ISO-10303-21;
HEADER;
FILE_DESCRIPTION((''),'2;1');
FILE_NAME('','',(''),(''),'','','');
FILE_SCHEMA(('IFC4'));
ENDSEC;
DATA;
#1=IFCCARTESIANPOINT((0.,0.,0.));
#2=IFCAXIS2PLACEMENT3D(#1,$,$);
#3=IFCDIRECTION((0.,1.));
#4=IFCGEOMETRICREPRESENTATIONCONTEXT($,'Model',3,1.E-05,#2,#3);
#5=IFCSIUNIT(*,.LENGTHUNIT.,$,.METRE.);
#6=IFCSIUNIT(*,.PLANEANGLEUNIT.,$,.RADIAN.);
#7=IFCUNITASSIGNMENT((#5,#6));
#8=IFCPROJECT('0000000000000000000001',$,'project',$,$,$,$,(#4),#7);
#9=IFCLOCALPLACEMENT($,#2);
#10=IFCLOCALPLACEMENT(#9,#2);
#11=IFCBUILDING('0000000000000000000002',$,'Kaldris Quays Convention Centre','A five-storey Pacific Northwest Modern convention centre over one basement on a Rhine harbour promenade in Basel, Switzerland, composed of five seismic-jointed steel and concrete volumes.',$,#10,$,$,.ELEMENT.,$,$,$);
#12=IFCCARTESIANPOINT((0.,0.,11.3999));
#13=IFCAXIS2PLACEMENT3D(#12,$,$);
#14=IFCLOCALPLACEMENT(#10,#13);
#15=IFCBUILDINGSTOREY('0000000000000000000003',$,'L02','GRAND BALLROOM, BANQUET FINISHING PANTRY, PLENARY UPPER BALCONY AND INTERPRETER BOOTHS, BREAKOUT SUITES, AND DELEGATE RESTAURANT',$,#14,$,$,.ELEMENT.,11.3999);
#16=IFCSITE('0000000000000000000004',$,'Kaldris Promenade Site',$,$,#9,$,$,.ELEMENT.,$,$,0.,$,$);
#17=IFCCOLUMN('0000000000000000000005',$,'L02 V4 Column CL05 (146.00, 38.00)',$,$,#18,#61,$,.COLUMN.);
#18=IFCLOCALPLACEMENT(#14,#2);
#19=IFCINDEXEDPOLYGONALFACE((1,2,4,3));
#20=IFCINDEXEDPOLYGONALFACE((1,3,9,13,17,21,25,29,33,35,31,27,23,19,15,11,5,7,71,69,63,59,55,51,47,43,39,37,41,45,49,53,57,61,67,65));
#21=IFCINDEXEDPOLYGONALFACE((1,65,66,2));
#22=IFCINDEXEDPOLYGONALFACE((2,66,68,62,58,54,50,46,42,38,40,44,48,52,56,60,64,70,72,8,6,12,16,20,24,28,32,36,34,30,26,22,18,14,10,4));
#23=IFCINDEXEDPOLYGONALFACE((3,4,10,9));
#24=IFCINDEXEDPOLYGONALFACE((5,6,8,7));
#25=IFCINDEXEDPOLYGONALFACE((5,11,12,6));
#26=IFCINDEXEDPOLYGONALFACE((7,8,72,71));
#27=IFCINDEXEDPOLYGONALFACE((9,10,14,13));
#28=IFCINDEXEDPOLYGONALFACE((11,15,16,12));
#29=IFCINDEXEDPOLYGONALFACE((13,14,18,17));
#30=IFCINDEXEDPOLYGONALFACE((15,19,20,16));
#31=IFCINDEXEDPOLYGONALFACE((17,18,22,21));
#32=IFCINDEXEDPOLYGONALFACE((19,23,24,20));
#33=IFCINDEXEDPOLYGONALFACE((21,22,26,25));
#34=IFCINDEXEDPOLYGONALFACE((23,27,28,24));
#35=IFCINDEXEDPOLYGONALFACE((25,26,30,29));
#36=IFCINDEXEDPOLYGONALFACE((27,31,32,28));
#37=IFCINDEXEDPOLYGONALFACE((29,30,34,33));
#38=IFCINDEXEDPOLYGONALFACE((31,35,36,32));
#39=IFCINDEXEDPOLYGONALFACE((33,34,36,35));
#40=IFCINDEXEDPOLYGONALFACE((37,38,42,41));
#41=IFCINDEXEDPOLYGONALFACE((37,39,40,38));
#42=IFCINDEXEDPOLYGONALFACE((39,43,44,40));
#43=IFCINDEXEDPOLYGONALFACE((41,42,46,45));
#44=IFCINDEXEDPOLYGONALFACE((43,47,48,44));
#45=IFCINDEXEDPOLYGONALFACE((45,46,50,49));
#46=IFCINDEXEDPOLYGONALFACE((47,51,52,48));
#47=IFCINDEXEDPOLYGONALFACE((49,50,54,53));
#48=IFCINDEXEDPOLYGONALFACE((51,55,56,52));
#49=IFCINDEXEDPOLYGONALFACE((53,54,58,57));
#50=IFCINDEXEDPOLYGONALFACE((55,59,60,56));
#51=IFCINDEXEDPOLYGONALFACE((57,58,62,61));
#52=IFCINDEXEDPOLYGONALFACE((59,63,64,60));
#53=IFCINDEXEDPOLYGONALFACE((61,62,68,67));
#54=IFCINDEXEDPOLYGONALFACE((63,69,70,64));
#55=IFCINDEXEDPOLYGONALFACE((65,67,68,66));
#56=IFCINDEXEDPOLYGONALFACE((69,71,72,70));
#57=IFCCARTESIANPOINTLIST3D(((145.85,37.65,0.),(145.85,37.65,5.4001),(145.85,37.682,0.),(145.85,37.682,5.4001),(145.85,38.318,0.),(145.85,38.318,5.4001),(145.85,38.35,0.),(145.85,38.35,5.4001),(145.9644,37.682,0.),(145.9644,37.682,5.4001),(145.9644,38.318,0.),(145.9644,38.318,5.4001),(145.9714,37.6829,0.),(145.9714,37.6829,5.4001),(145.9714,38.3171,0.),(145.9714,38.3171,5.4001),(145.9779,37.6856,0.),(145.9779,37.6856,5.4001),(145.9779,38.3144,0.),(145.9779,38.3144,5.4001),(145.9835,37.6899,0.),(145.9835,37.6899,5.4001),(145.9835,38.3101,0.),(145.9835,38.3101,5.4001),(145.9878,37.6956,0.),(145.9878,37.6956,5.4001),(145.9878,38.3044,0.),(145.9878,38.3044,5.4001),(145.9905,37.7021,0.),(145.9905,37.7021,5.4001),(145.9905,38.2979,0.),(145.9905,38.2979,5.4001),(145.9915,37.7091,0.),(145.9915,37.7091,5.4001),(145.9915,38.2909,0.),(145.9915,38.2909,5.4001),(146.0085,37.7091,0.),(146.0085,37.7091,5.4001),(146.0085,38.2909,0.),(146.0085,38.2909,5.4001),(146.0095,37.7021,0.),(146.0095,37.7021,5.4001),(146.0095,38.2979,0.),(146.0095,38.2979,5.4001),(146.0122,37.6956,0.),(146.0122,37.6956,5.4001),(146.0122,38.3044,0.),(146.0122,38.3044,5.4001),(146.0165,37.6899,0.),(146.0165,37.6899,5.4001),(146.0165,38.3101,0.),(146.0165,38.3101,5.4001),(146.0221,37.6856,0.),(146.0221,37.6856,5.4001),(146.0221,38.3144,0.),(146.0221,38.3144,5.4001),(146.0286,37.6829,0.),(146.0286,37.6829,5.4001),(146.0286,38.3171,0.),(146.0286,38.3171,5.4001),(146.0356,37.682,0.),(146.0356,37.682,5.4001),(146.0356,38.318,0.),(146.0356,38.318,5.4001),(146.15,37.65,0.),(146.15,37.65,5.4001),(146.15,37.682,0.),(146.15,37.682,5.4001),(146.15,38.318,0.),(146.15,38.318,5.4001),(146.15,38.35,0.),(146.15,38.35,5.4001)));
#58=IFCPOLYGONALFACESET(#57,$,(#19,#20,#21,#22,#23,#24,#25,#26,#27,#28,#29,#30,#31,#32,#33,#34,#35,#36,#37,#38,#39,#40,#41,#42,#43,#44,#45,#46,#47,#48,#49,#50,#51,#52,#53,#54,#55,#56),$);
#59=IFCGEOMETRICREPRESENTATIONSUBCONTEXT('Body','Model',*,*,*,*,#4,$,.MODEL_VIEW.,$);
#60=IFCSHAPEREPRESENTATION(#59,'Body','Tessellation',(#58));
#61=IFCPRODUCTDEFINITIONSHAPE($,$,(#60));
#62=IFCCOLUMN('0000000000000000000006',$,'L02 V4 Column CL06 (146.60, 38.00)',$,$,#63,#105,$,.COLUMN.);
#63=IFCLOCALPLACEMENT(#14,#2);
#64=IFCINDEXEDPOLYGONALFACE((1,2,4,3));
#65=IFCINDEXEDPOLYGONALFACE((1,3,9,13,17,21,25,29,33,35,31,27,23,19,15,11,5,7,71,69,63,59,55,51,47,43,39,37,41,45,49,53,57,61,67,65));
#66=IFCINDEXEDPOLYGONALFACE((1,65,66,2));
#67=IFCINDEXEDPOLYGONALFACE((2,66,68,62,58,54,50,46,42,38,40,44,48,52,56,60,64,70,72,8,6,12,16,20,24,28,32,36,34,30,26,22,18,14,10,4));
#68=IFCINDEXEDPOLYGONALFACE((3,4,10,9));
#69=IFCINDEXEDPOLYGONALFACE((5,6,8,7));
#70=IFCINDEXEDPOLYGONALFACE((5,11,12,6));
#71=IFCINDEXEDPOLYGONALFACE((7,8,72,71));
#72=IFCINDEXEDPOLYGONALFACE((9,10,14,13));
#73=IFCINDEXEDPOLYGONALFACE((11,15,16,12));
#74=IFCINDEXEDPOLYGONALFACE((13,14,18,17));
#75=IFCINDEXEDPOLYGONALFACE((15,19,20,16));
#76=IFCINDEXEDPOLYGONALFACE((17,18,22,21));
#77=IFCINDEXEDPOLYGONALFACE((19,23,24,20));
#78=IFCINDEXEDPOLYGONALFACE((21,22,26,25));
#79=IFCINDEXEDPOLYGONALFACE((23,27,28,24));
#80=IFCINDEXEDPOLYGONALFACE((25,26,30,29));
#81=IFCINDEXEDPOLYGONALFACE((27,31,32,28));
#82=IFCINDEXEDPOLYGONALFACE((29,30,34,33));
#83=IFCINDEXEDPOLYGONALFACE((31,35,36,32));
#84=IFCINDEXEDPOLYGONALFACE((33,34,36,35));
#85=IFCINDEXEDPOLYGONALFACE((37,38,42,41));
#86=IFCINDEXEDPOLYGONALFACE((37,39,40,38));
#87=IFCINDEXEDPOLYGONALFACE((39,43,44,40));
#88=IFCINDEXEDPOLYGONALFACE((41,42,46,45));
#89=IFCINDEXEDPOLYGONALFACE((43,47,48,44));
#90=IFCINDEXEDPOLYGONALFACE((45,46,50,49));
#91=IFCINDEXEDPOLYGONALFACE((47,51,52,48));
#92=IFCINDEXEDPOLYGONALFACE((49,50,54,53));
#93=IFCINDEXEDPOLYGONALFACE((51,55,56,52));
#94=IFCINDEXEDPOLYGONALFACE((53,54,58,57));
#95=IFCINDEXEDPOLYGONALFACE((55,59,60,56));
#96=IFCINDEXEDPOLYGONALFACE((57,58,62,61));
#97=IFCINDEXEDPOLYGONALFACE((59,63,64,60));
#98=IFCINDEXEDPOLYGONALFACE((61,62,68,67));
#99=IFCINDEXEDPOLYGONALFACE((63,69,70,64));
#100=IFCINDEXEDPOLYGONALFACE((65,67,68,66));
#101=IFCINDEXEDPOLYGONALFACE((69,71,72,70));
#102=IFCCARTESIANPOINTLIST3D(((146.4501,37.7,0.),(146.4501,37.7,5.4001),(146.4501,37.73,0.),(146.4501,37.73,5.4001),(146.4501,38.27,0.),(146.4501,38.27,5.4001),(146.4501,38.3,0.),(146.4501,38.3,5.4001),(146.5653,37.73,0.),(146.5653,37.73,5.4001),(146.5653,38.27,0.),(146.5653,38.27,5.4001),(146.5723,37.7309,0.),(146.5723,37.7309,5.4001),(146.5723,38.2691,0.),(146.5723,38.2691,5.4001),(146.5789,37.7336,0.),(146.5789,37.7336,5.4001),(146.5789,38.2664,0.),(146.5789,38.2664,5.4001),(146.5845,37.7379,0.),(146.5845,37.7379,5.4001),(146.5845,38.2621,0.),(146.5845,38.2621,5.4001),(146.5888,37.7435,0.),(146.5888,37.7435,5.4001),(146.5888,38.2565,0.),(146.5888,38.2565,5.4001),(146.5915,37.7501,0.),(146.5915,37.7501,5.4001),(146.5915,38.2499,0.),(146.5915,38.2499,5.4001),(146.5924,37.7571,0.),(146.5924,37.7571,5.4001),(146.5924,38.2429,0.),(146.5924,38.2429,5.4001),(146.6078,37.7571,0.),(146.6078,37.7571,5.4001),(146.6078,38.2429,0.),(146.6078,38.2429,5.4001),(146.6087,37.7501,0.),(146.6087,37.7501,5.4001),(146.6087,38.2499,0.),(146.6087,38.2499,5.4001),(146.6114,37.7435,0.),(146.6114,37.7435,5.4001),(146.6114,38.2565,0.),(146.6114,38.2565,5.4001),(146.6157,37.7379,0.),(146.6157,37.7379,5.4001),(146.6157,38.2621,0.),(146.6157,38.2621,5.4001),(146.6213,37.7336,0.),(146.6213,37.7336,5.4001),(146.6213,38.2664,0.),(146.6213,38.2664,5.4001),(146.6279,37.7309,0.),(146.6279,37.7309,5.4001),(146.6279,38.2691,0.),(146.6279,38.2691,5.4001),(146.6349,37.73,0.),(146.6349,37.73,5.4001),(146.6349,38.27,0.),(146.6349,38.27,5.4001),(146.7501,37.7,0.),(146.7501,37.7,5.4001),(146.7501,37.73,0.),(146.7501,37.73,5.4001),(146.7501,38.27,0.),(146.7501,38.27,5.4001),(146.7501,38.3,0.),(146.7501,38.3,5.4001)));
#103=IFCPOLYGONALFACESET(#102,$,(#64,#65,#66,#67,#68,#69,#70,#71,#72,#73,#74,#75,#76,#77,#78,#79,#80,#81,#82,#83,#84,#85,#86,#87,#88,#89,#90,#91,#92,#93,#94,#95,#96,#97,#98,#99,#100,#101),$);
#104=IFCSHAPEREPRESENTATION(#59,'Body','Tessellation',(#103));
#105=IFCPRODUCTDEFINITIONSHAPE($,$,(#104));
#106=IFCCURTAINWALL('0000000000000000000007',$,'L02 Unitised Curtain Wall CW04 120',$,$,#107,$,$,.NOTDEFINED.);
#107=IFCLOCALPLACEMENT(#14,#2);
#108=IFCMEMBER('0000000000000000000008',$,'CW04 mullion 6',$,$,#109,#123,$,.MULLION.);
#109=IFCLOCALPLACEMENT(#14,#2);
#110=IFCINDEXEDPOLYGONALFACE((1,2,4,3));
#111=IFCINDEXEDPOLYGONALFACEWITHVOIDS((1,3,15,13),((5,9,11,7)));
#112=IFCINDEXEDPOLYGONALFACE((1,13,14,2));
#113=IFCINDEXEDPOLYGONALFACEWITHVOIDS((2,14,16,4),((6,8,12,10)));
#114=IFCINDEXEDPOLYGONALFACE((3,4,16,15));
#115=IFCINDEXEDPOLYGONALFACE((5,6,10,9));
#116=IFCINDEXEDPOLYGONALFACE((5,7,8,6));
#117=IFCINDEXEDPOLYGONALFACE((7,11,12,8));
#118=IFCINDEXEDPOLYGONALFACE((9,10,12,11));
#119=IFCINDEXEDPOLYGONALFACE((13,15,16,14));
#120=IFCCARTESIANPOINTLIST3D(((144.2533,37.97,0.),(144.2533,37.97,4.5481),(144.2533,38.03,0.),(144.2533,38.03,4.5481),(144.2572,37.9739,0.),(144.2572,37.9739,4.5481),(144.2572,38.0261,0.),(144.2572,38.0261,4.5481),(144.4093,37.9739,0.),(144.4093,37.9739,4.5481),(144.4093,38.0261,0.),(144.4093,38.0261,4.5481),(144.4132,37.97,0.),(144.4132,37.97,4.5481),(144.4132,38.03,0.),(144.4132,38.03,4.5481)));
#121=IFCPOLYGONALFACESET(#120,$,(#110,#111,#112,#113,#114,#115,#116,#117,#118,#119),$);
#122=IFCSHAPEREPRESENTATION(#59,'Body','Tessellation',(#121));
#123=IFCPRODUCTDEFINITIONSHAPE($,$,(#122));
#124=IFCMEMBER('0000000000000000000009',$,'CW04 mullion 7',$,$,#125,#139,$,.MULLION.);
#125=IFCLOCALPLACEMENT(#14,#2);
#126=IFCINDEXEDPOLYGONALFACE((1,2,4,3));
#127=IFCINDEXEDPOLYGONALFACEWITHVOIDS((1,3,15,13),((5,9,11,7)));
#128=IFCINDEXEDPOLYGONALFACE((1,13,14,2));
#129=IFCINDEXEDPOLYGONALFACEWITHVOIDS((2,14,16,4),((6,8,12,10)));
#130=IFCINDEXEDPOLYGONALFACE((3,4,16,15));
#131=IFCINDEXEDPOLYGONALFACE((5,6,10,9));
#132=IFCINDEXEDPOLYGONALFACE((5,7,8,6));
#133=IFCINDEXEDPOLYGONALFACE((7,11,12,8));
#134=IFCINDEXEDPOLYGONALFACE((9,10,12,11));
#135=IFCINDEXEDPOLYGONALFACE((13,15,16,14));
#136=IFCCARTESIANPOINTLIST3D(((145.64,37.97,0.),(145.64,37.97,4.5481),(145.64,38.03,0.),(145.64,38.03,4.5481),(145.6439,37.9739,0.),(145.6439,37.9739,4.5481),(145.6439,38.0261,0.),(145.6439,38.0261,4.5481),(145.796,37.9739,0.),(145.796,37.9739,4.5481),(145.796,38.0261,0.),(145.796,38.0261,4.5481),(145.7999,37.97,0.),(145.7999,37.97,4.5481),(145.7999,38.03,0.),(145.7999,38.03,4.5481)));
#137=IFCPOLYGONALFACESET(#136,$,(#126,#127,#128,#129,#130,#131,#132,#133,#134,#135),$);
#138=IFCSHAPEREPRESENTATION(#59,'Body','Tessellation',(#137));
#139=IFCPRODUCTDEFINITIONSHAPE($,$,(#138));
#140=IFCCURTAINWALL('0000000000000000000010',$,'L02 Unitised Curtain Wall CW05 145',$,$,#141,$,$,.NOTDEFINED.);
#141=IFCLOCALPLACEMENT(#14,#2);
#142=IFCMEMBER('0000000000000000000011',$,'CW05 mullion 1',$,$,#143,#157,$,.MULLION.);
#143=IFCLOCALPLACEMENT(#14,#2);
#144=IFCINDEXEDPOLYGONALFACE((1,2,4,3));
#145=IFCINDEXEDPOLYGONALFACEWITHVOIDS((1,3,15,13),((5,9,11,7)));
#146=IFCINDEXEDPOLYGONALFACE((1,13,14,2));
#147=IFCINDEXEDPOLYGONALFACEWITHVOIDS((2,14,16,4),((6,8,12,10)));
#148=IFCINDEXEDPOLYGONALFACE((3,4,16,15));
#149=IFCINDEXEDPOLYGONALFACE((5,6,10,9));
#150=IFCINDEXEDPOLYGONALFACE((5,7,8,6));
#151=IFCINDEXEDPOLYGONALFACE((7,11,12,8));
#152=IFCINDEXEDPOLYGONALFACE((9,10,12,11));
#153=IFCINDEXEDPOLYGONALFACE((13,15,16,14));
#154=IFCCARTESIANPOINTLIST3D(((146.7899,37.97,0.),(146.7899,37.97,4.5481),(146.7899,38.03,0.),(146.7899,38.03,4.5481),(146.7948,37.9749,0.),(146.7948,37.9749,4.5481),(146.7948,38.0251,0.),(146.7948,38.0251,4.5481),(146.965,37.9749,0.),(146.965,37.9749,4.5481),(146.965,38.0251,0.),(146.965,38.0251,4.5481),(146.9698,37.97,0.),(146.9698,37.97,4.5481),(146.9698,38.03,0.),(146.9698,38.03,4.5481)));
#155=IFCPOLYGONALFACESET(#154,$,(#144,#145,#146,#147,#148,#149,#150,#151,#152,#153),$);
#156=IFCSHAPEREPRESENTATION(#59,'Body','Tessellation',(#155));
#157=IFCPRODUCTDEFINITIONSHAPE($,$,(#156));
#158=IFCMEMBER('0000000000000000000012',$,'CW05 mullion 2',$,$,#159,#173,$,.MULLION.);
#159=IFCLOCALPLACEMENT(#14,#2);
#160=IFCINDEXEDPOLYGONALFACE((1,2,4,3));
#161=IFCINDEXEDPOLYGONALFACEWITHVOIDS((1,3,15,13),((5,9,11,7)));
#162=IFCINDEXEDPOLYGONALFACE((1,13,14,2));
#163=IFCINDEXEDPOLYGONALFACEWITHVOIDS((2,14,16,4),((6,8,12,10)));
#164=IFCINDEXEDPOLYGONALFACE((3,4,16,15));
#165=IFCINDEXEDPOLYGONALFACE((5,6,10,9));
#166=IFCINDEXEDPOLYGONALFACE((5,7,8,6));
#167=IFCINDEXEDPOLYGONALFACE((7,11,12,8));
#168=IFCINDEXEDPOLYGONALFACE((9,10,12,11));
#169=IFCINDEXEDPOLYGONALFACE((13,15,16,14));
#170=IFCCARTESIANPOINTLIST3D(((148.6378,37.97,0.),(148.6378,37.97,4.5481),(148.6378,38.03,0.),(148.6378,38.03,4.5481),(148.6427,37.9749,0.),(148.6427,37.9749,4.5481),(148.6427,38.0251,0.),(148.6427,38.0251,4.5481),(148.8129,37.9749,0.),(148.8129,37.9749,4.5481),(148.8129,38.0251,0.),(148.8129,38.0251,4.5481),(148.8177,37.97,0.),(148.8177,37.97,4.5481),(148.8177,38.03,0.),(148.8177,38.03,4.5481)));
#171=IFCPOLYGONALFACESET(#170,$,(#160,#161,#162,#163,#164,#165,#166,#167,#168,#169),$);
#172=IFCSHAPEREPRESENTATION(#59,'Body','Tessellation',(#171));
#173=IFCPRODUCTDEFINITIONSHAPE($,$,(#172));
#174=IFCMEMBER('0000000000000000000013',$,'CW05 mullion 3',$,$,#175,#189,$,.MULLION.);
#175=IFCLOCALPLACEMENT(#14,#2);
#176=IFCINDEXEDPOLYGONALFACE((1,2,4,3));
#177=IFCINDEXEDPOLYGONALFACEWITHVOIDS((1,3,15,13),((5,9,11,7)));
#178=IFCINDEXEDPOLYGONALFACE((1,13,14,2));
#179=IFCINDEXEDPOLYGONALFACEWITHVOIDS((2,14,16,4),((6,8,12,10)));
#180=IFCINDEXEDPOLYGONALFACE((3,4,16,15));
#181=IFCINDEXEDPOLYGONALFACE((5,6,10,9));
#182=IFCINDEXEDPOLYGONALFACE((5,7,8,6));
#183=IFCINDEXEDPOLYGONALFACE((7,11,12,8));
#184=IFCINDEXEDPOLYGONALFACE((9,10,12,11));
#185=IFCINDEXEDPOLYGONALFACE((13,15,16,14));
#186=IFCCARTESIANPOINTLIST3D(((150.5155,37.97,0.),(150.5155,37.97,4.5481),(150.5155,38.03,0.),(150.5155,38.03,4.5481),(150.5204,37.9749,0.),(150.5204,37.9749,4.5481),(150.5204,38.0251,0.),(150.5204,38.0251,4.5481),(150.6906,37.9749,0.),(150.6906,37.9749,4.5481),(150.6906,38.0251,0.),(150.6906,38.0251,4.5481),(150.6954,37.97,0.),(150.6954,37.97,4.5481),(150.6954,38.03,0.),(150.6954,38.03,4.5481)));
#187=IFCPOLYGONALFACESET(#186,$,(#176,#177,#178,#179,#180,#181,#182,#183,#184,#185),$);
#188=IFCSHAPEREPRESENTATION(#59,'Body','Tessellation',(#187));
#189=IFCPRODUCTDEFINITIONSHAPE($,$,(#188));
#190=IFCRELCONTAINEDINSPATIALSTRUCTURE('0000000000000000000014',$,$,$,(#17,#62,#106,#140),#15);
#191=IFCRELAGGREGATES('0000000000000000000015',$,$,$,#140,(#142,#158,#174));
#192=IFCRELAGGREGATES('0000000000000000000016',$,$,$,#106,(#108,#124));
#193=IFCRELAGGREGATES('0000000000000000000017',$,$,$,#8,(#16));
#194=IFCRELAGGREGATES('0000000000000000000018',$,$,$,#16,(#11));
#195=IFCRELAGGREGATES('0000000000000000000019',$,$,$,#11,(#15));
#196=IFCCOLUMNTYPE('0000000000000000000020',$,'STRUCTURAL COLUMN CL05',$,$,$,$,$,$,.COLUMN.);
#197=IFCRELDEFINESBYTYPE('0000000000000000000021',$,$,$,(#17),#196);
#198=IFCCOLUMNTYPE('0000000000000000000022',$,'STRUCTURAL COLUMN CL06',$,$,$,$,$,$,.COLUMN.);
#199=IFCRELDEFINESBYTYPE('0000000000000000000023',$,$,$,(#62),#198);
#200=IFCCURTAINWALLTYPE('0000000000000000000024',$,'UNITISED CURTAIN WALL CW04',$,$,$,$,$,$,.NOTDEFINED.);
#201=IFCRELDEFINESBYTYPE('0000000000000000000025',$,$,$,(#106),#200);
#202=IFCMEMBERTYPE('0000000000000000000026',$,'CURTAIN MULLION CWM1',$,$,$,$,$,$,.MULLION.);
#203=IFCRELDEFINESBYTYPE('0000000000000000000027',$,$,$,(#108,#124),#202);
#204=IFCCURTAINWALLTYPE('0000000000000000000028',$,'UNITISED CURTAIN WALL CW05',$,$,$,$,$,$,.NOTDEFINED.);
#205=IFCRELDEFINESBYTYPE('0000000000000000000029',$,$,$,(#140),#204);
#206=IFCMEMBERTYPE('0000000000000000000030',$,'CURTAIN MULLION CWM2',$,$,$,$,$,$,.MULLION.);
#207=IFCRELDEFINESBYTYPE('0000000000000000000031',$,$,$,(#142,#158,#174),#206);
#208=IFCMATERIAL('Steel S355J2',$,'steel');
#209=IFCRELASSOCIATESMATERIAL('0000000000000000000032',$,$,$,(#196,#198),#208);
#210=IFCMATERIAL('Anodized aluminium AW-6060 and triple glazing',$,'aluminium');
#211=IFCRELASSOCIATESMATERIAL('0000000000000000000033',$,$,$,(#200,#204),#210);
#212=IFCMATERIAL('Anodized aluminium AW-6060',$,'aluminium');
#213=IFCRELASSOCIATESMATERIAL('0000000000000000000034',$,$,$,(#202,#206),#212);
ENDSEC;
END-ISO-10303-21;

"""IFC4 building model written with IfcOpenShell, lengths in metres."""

from ifc_helpers import new_model, si_unit, direction, frame, origin, origin_2d, place, context, subcontext, project, spatial, hollow_rectangle, i_section, extrude, material, material_profile, profile_set, type_object, element, aggregate, save


model = new_model("IFC4")

# Units and contexts
model_context = context("Model", 3, precision=1e-05, world=origin(), true_north=direction((0.0, 1.0)))
body_context = subcontext(model_context, "Body", "Model", "MODEL_VIEW")
ifc_project = project(units=[si_unit("LENGTHUNIT", "METRE"), si_unit("PLANEANGLEUNIT", "RADIAN")], contexts=[model_context])

# Site, building, storey
site_placement = place(None, origin())
site = spatial("IfcSite", under=ifc_project, at=site_placement, Name="Kaldris Promenade Site", CompositionType="ELEMENT", RefElevation=0.0)
building_placement = place(site_placement, origin())
building = spatial("IfcBuilding", under=site, at=building_placement, Name="Kaldris Quays Convention Centre", Description="A five-storey Pacific Northwest Modern convention centre over one basement on a Rhine harbour promenade in Basel, Switzerland, composed of five seismic-jointed steel and concrete volumes.", CompositionType="ELEMENT")
storey_placement = place(building_placement, frame((0.0, 0.0, 11.3999)))
storey = spatial("IfcBuildingStorey", under=building, at=storey_placement, Name="L02", Description="GRAND BALLROOM, BANQUET FINISHING PANTRY, PLENARY UPPER BALCONY AND INTERPRETER BOOTHS, BREAKOUT SUITES, AND DELEGATE RESTAURANT", CompositionType="ELEMENT", Elevation=11.3999)

# Columns
ifc_material_1 = material(Name="Steel S355J2", Category="steel")
ifc_material_profile_1 = material_profile(ifc_material_1, i_section(OverallWidth=0.3, OverallDepth=0.7, WebThickness=0.0171, FlangeThickness=0.032, FilletRadius=0.0271, at=origin_2d()), Name="HEB 700")
ifc_profile_set_1 = profile_set([ifc_material_profile_1], Name="Steel S355J2")
column_type_1 = type_object("IfcColumnType", Name="STRUCTURAL COLUMN CL05", PredefinedType="COLUMN", material=ifc_profile_set_1)
column_1_placement = place(storey_placement, frame((146.0, 38.0, 0.0), z_axis=(0.0, 0.0, 1.0), x_axis=(1.0, 0.0, 0.0)))
element("IfcColumn", 1, at=column_1_placement, inside=storey, type_object=column_type_1, Name="L02 V4 Column CL05 (146.00, 38.00)", PredefinedType="COLUMN", context=body_context, shape_type="SweptSolid", body=[
    extrude(i_section(OverallWidth=0.3, OverallDepth=0.7, WebThickness=0.0171, FlangeThickness=0.032, FilletRadius=0.0271, at=origin_2d()), origin(), (0.0, 0.0, 1.0), 5.4001),
])
ifc_material_profile_2 = material_profile(ifc_material_1, i_section(OverallWidth=0.3, OverallDepth=0.6001, WebThickness=0.0154, FlangeThickness=0.03, FilletRadius=0.0271, at=origin_2d()), Name="HEB 600")
ifc_profile_set_2 = profile_set([ifc_material_profile_2], Name="Steel S355J2")
column_type_2 = type_object("IfcColumnType", Name="STRUCTURAL COLUMN CL06", PredefinedType="COLUMN", material=ifc_profile_set_2)
column_2_placement = place(storey_placement, frame((146.6001, 38.0, 0.0), z_axis=(0.0, 0.0, 1.0), x_axis=(1.0, 0.0, 0.0)))
element("IfcColumn", 2, at=column_2_placement, inside=storey, type_object=column_type_2, Name="L02 V4 Column CL06 (146.60, 38.00)", PredefinedType="COLUMN", context=body_context, shape_type="SweptSolid", body=[
    extrude(i_section(OverallWidth=0.3, OverallDepth=0.6001, WebThickness=0.0154, FlangeThickness=0.03, FilletRadius=0.0271, at=origin_2d()), origin(), (0.0, 0.0, 1.0), 5.4001),
])

# Curtain walls, members
ifc_material_2 = material(Name="Anodized aluminium AW-6060 and triple glazing", Category="aluminium")
curtain_wall_type_1 = type_object("IfcCurtainWallType", Name="UNITISED CURTAIN WALL CW04", PredefinedType="NOTDEFINED", material=ifc_material_2)
curtain_wall_1_placement = place(storey_placement, origin())
curtain_wall_1 = element("IfcCurtainWall", 3, at=curtain_wall_1_placement, inside=storey, type_object=curtain_wall_type_1, Name="L02 Unitised Curtain Wall CW04 120", PredefinedType="NOTDEFINED")
ifc_material_3 = material(Name="Anodized aluminium AW-6060", Category="aluminium")
ifc_material_profile_3 = material_profile(ifc_material_3, hollow_rectangle(XDim=0.0601, YDim=0.1599, WallThickness=0.0039, at=origin_2d()), Name="RHS 160x60x4")
ifc_profile_set_3 = profile_set([ifc_material_profile_3], Name="Anodized aluminium AW-6060")
member_type_1 = type_object("IfcMemberType", Name="CURTAIN MULLION CWM1", PredefinedType="MULLION", material=ifc_profile_set_3)
member_1_placement = place(storey_placement, frame((144.3333, 38.0, 0.0), z_axis=(0.0, 0.0, 1.0), x_axis=(0.0, 1.0, 0.0)))
member_1 = element("IfcMember", 4, at=member_1_placement, type_object=member_type_1, Name="CW04 mullion 6", PredefinedType="MULLION", context=body_context, shape_type="SweptSolid", body=[
    extrude(hollow_rectangle(XDim=0.0601, YDim=0.1599, WallThickness=0.0039, at=origin_2d()), origin(), (0.0, 0.0, 1.0), 4.5481),
])
member_2_placement = place(storey_placement, frame((145.72, 38.0, 0.0), z_axis=(0.0, 0.0, 1.0), x_axis=(0.0, 1.0, 0.0)))
member_2 = element("IfcMember", 5, at=member_2_placement, type_object=member_type_1, Name="CW04 mullion 7", PredefinedType="MULLION", context=body_context, shape_type="SweptSolid", body=[
    extrude(hollow_rectangle(XDim=0.0601, YDim=0.1599, WallThickness=0.0039, at=origin_2d()), origin(), (0.0, 0.0, 1.0), 4.5481),
])
curtain_wall_type_2 = type_object("IfcCurtainWallType", Name="UNITISED CURTAIN WALL CW05", PredefinedType="NOTDEFINED", material=ifc_material_2)
curtain_wall_2_placement = place(storey_placement, origin())
curtain_wall_2 = element("IfcCurtainWall", 6, at=curtain_wall_2_placement, inside=storey, type_object=curtain_wall_type_2, Name="L02 Unitised Curtain Wall CW05 145", PredefinedType="NOTDEFINED")
ifc_material_profile_4 = material_profile(ifc_material_3, hollow_rectangle(XDim=0.0601, YDim=0.1799, WallThickness=0.0049, at=origin_2d()), Name="RHS 180x60x5")
ifc_profile_set_4 = profile_set([ifc_material_profile_4], Name="Anodized aluminium AW-6060")
member_type_2 = type_object("IfcMemberType", Name="CURTAIN MULLION CWM2", PredefinedType="MULLION", material=ifc_profile_set_4)
member_3_placement = place(storey_placement, frame((146.8799, 38.0, 0.0), z_axis=(0.0, 0.0, 1.0), x_axis=(0.0, 1.0, 0.0)))
member_3 = element("IfcMember", 7, at=member_3_placement, type_object=member_type_2, Name="CW05 mullion 1", PredefinedType="MULLION", context=body_context, shape_type="SweptSolid", body=[
    extrude(hollow_rectangle(XDim=0.0601, YDim=0.1799, WallThickness=0.0049, at=origin_2d()), origin(), (0.0, 0.0, 1.0), 4.5481),
])
member_4_placement = place(storey_placement, frame((148.7278, 38.0, 0.0), z_axis=(0.0, 0.0, 1.0), x_axis=(0.0, 1.0, 0.0)))
member_4 = element("IfcMember", 8, at=member_4_placement, type_object=member_type_2, Name="CW05 mullion 2", PredefinedType="MULLION", context=body_context, shape_type="SweptSolid", body=[
    extrude(hollow_rectangle(XDim=0.0601, YDim=0.1799, WallThickness=0.0049, at=origin_2d()), origin(), (0.0, 0.0, 1.0), 4.5481),
])
member_5_placement = place(storey_placement, frame((150.6055, 38.0, 0.0), z_axis=(0.0, 0.0, 1.0), x_axis=(0.0, 1.0, 0.0)))
member_5 = element("IfcMember", 9, at=member_5_placement, type_object=member_type_2, Name="CW05 mullion 3", PredefinedType="MULLION", context=body_context, shape_type="SweptSolid", body=[
    extrude(hollow_rectangle(XDim=0.0601, YDim=0.1799, WallThickness=0.0049, at=origin_2d()), origin(), (0.0, 0.0, 1.0), 4.5481),
])

aggregate(curtain_wall_2, [member_3, member_4, member_5])
aggregate(curtain_wall_1, [member_1, member_2])

save(model, "model.ifc")
